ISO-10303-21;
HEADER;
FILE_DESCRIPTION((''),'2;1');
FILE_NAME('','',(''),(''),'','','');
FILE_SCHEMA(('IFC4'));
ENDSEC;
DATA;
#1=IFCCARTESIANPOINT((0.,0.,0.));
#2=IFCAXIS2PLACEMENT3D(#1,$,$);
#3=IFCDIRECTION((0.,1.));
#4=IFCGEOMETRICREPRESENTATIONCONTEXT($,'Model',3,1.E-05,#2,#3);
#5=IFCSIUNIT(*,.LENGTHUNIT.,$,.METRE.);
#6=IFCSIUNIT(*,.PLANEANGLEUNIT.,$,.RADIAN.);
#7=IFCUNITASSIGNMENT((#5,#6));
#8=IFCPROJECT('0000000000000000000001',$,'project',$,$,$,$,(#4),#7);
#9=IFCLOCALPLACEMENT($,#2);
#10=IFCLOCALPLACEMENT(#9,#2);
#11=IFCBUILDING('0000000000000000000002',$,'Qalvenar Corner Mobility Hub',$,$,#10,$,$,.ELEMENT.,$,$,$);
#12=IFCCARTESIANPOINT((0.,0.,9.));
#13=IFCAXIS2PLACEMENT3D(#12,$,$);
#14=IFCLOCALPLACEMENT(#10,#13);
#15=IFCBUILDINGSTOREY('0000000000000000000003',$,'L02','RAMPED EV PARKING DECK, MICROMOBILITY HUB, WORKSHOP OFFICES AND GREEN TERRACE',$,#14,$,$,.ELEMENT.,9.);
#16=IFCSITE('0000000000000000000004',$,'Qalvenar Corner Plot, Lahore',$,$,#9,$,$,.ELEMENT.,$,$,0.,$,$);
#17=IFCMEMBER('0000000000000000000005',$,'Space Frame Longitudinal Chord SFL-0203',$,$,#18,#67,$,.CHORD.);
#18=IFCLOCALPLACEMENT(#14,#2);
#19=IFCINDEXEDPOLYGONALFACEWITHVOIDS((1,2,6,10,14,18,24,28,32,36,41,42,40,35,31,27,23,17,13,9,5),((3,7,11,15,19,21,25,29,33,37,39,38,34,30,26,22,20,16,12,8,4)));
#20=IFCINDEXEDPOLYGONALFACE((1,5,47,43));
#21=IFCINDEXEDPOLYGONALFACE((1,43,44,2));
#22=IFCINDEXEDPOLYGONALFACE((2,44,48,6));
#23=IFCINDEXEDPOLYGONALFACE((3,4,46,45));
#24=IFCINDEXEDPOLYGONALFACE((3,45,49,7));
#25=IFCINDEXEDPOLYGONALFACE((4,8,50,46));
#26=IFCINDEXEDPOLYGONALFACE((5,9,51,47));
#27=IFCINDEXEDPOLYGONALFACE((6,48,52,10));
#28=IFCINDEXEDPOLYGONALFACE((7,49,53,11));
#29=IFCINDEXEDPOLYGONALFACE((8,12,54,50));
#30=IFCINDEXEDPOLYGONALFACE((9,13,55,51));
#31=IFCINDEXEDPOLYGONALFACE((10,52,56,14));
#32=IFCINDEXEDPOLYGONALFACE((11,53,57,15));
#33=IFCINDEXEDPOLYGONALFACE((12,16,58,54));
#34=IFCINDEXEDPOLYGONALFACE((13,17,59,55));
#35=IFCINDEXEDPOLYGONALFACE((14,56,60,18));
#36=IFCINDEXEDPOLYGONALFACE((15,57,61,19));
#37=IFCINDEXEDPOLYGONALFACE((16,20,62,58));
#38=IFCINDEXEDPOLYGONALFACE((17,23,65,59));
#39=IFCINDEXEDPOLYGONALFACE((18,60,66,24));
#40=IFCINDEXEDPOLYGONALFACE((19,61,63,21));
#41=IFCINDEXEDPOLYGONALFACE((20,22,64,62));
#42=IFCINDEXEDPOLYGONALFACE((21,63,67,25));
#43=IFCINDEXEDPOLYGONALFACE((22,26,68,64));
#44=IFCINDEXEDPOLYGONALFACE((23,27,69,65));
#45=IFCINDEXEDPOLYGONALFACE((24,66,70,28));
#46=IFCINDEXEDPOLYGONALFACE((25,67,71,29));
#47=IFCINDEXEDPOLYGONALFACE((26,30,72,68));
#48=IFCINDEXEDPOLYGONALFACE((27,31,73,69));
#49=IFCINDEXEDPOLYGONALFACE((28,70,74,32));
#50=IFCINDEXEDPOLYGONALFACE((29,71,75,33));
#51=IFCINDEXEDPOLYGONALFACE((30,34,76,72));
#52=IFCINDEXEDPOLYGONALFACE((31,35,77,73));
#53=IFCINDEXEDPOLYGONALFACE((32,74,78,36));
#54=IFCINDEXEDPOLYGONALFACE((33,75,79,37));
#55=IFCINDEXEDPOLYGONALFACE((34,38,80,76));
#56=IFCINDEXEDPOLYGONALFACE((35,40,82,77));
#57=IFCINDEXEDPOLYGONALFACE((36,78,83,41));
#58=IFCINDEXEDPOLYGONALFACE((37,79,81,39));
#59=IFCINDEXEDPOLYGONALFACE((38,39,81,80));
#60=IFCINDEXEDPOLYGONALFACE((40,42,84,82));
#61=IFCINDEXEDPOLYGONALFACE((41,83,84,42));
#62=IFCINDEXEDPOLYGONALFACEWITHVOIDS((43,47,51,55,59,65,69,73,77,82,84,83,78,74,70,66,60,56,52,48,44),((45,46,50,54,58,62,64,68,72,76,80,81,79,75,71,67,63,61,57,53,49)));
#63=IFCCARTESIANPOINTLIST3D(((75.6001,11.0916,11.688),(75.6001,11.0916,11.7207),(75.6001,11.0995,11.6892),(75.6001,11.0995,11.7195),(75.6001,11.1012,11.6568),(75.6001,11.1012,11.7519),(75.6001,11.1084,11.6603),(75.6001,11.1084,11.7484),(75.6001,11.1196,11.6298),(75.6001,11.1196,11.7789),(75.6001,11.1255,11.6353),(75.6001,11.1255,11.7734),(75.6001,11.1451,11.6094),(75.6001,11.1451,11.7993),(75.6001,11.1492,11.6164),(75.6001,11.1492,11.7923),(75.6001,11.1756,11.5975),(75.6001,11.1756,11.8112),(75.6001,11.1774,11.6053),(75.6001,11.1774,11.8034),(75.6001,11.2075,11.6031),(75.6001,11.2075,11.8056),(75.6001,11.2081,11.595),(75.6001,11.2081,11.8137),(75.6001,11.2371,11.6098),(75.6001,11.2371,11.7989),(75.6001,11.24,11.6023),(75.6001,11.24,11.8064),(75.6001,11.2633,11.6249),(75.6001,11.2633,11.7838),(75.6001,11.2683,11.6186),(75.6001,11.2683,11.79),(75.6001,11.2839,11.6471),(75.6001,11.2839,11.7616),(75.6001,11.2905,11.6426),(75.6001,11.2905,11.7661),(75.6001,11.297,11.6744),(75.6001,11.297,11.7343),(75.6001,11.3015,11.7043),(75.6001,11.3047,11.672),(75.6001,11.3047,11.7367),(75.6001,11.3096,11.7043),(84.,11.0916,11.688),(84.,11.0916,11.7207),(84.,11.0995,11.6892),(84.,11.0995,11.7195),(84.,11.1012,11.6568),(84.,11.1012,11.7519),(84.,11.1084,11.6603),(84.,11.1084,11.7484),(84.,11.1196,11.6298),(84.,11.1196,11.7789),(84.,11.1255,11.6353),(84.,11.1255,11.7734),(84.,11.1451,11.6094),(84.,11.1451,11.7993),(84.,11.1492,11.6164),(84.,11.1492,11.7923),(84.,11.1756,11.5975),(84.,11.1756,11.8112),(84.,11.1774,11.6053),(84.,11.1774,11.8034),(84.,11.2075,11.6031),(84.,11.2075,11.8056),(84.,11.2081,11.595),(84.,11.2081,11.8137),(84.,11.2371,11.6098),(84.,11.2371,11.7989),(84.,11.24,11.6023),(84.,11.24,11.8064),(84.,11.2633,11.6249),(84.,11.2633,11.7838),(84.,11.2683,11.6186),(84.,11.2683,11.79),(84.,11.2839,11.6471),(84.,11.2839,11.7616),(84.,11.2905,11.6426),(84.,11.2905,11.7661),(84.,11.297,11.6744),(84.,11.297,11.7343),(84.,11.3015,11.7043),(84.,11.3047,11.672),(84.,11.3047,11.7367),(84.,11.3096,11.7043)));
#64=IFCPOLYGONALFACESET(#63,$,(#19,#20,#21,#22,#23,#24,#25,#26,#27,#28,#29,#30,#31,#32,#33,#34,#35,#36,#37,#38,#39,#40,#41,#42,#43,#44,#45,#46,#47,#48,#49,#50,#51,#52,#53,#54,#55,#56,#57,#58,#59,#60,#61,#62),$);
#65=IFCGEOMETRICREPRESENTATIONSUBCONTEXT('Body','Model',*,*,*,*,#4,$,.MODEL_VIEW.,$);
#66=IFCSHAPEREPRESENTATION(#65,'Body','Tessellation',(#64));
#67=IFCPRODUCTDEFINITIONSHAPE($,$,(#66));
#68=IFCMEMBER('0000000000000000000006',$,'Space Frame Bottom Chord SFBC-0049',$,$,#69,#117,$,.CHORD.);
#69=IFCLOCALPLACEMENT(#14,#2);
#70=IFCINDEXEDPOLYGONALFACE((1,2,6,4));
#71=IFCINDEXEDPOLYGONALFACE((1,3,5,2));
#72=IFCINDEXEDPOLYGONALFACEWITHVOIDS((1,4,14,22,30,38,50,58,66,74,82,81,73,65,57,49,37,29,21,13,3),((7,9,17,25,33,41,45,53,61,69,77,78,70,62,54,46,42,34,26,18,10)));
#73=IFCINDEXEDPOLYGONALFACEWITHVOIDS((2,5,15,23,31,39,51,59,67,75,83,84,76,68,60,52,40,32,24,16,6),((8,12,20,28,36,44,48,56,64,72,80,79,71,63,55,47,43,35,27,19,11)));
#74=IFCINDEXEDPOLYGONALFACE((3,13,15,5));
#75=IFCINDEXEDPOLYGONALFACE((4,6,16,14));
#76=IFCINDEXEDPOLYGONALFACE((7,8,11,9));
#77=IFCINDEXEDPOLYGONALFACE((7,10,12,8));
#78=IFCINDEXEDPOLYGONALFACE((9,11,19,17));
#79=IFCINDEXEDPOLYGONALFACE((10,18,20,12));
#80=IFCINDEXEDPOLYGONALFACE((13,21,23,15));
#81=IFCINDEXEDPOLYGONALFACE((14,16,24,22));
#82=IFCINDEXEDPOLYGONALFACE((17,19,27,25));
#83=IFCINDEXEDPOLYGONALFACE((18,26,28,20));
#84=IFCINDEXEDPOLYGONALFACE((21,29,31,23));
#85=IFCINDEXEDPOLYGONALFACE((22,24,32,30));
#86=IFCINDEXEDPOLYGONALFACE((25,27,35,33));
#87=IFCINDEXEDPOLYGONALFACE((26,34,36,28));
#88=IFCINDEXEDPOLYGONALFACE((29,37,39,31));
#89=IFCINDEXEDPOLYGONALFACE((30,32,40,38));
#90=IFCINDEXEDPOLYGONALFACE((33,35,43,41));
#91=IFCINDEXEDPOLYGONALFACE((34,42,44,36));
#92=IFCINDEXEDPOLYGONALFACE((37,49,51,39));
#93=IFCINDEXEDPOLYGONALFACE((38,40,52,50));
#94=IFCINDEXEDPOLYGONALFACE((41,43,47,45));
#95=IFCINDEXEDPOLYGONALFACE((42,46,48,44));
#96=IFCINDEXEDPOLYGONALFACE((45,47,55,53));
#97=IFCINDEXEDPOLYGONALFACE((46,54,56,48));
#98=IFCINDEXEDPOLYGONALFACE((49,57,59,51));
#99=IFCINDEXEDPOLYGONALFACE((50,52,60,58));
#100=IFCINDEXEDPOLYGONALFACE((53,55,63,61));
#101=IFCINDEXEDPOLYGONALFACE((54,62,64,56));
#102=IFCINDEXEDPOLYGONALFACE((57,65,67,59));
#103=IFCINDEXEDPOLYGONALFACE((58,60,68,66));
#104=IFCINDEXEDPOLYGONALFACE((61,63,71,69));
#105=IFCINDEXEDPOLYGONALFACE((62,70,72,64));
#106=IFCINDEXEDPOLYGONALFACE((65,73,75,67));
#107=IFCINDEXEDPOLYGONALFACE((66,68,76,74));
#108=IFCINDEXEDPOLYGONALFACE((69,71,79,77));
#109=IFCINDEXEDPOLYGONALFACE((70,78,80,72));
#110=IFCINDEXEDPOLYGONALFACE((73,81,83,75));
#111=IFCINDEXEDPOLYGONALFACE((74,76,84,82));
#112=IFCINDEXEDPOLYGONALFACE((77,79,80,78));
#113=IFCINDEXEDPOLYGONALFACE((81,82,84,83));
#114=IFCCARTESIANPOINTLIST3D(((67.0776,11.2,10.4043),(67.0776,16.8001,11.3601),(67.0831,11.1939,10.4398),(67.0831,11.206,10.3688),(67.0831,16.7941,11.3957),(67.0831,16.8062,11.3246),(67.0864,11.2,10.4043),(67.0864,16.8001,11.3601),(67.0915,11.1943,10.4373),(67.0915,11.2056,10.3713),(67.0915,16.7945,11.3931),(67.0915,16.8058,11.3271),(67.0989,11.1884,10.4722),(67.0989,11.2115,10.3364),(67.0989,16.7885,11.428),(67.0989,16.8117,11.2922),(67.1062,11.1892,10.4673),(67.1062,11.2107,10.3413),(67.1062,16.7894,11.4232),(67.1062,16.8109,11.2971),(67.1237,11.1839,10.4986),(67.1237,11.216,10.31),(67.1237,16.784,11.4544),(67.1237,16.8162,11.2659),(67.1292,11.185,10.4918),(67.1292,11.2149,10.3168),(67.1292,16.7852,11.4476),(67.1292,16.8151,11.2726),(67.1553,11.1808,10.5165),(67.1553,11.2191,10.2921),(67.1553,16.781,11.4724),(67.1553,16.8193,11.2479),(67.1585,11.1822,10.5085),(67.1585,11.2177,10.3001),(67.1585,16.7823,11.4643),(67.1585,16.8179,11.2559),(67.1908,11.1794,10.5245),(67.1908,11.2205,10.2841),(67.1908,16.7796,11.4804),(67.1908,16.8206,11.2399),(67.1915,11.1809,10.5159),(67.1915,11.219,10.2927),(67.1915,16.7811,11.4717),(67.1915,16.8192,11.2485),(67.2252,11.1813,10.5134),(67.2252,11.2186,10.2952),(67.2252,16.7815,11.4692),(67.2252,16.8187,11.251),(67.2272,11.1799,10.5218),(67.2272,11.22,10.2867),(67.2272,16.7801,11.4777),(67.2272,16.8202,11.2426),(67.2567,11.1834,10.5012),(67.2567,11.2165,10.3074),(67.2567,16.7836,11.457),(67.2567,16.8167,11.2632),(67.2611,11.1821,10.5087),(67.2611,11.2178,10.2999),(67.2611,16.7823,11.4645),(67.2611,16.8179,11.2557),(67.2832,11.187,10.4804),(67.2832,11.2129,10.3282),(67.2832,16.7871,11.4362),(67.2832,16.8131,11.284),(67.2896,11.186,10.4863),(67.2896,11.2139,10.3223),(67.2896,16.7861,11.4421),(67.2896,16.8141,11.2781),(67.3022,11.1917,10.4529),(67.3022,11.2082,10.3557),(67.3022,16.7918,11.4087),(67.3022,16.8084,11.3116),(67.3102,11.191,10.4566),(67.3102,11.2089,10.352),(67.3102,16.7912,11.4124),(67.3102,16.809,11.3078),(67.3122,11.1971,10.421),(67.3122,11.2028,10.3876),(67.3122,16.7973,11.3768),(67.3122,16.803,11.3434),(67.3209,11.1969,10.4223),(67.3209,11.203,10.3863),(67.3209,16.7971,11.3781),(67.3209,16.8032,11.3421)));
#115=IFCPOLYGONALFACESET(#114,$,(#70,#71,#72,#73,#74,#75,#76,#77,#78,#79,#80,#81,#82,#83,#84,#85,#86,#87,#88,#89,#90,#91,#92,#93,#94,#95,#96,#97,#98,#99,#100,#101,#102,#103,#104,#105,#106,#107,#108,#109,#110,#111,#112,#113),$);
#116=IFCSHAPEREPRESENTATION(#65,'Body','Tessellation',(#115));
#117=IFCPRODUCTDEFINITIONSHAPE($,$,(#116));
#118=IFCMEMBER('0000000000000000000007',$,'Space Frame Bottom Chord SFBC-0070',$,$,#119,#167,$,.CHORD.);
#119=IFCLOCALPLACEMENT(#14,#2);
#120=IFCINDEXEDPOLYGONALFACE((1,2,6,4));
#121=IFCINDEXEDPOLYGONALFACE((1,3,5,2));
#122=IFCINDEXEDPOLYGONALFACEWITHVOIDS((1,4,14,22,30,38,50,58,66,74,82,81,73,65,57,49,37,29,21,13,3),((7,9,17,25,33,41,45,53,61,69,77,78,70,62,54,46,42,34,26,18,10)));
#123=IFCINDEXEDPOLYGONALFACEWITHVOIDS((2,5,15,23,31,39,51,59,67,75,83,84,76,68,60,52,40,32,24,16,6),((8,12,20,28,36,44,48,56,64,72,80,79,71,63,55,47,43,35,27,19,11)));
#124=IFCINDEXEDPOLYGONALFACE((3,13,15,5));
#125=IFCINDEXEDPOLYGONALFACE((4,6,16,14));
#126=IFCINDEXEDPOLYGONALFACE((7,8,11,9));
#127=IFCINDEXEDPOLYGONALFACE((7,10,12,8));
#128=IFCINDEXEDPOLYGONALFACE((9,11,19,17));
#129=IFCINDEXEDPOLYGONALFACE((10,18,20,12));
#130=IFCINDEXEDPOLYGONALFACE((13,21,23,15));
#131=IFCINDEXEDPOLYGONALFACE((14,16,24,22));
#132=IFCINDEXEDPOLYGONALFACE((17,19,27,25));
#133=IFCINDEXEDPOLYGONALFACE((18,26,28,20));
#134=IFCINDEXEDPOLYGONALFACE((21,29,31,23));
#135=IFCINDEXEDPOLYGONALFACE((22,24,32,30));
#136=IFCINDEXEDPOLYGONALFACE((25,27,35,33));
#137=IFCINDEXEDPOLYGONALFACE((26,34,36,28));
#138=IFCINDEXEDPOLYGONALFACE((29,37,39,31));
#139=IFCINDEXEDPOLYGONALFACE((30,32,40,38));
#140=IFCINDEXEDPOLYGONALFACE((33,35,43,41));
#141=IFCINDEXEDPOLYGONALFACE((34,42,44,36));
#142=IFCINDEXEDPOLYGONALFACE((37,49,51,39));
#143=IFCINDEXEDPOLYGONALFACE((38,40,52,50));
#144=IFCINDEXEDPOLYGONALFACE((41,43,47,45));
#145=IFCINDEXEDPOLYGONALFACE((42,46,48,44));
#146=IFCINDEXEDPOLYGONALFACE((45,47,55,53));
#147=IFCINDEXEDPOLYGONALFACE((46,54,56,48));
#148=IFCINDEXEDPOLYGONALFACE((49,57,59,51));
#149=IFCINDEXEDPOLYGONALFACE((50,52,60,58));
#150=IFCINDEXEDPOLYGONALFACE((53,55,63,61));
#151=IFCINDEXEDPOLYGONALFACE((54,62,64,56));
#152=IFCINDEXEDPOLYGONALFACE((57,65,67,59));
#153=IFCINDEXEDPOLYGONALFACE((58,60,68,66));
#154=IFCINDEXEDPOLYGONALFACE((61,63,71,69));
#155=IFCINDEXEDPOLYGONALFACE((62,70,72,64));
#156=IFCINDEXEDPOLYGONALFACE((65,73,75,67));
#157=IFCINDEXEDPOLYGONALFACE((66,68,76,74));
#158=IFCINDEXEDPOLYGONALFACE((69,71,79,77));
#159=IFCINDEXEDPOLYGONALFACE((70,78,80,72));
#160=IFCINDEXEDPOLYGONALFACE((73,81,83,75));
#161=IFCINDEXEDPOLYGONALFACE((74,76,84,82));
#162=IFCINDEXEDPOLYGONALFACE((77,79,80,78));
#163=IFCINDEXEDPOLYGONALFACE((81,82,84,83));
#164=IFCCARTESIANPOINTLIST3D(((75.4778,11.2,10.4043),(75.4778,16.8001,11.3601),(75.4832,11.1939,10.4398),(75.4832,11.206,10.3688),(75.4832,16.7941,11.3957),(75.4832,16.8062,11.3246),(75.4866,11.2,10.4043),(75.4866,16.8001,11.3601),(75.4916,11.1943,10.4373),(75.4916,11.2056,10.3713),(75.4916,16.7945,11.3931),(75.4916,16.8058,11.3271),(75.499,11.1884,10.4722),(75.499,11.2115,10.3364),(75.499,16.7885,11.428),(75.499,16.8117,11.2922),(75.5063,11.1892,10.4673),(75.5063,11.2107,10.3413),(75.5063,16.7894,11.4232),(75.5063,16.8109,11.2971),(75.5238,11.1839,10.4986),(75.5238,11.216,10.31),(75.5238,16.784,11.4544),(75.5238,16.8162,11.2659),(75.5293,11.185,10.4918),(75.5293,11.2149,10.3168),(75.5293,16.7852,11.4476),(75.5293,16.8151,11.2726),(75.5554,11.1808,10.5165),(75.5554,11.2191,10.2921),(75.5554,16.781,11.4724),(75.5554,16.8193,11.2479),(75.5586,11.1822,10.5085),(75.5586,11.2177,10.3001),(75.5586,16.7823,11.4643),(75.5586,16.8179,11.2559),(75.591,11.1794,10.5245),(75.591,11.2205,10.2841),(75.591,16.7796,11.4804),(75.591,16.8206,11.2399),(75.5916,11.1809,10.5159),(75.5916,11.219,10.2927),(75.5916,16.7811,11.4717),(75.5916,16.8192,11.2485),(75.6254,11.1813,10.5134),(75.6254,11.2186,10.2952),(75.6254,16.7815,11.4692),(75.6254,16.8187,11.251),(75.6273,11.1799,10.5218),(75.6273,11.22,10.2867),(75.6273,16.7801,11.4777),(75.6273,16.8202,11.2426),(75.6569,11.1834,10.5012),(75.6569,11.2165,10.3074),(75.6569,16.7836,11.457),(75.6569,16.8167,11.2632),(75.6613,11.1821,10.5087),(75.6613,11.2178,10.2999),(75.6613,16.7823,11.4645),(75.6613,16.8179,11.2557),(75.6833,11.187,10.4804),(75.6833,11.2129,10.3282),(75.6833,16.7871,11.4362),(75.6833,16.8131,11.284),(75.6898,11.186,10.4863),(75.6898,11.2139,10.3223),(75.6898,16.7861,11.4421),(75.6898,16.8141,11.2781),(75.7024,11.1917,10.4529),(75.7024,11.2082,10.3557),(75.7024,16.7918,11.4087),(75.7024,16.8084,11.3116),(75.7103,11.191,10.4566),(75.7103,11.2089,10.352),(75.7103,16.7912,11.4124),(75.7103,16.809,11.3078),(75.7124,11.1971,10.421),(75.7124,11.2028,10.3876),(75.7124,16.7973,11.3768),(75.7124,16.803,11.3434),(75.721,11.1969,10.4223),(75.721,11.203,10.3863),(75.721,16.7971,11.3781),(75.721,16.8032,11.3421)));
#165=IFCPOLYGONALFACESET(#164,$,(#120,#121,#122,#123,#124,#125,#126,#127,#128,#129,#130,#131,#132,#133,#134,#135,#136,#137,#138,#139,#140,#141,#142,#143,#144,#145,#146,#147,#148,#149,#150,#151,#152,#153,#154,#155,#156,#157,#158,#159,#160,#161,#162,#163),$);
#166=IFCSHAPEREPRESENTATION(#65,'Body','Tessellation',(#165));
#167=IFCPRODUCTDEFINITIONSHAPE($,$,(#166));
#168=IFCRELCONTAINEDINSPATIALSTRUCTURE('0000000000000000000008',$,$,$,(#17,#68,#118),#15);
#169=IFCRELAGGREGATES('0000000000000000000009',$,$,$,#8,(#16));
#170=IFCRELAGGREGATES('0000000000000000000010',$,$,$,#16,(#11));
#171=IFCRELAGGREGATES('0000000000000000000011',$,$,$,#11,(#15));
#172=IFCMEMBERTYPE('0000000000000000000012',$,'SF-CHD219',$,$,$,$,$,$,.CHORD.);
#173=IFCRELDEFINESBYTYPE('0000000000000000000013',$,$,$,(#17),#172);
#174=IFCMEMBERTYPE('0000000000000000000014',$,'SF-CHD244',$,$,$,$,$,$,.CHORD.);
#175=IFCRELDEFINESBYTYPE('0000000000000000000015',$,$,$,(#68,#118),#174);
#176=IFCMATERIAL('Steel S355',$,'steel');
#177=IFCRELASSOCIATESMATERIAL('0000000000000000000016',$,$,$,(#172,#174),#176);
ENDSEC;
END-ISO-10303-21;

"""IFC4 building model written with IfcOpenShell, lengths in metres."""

from ifc_helpers import new_model, si_unit, direction, frame, origin, origin_2d, place, context, subcontext, project, spatial, hollow_circle, extrude, material, material_profile, profile_set, type_object, element, save


model = new_model("IFC4")

# Units and contexts
model_context = context("Model", 3, precision=1e-05, world=origin(), true_north=direction((0.0, 1.0)))
body_context = subcontext(model_context, "Body", "Model", "MODEL_VIEW")
ifc_project = project(units=[si_unit("LENGTHUNIT", "METRE"), si_unit("PLANEANGLEUNIT", "RADIAN")], contexts=[model_context])

# Site, building, storey
site_placement = place(None, origin())
site = spatial("IfcSite", under=ifc_project, at=site_placement, Name="Qalvenar Corner Plot, Lahore", CompositionType="ELEMENT", RefElevation=0.0)
building_placement = place(site_placement, origin())
building = spatial("IfcBuilding", under=site, at=building_placement, Name="Qalvenar Corner Mobility Hub", CompositionType="ELEMENT")
storey_placement = place(building_placement, frame((0.0, 0.0, 9.0)))
storey = spatial("IfcBuildingStorey", under=building, at=storey_placement, Name="L02", Description="RAMPED EV PARKING DECK, MICROMOBILITY HUB, WORKSHOP OFFICES AND GREEN TERRACE", CompositionType="ELEMENT", Elevation=9.0)

# Members
ifc_material_1 = material(Name="Steel S355", Category="steel")
ifc_material_profile_1 = material_profile(ifc_material_1, hollow_circle(Radius=0.1096, WallThickness=0.0081, at=origin_2d()), Name="CHS219.1x8")
ifc_profile_set_1 = profile_set([ifc_material_profile_1], Name="Steel S355")
member_type_1 = type_object("IfcMemberType", Name="SF-CHD219", PredefinedType="CHORD", material=ifc_profile_set_1)
for number, where, z_axis, x_axis, name in (
    (1, (75.6001, 11.2, 11.7043), (1.0, 0.0, 0.0), (0.0, 1.0, 0.0), "Space Frame Longitudinal Chord SFL-0203"),
):
    element("IfcMember", number, at=place(storey_placement, frame(where, z_axis=z_axis, x_axis=x_axis)), inside=storey, type_object=member_type_1, Name=name, PredefinedType="CHORD", context=body_context, shape_type="SweptSolid", body=[
        extrude(hollow_circle(Radius=0.1096, WallThickness=0.0081, at=origin_2d()), origin(), (0.0, 0.0, 1.0), 8.3999),
    ])
ifc_material_profile_2 = material_profile(ifc_material_1, hollow_circle(Radius=0.1223, WallThickness=0.0088, at=origin_2d()), Name="CHS244.5x8.8")
ifc_profile_set_2 = profile_set([ifc_material_profile_2], Name="Steel S355")
member_type_2 = type_object("IfcMemberType", Name="SF-CHD244", PredefinedType="CHORD", material=ifc_profile_set_2)
for number, where, z_axis, x_axis, name in (
    (2, (67.2, 11.2, 10.4043), (0.0, 0.985745, 0.168245), (-1.0, 0.0, 0.0), "Space Frame Bottom Chord SFBC-0049"),
    (3, (75.6001, 11.2, 10.4043), (0.0, 0.985745, 0.168245), (-1.0, 0.0, 0.0), "Space Frame Bottom Chord SFBC-0070"),
):
    element("IfcMember", number, at=place(storey_placement, frame(where, z_axis=z_axis, x_axis=x_axis)), inside=storey, type_object=member_type_2, Name=name, PredefinedType="CHORD", context=body_context, shape_type="SweptSolid", body=[
        extrude(hollow_circle(Radius=0.1223, WallThickness=0.0088, at=origin_2d()), origin(), (0.0, 0.0, 1.0), 5.6812),
    ])

save(model, "model.ifc")
